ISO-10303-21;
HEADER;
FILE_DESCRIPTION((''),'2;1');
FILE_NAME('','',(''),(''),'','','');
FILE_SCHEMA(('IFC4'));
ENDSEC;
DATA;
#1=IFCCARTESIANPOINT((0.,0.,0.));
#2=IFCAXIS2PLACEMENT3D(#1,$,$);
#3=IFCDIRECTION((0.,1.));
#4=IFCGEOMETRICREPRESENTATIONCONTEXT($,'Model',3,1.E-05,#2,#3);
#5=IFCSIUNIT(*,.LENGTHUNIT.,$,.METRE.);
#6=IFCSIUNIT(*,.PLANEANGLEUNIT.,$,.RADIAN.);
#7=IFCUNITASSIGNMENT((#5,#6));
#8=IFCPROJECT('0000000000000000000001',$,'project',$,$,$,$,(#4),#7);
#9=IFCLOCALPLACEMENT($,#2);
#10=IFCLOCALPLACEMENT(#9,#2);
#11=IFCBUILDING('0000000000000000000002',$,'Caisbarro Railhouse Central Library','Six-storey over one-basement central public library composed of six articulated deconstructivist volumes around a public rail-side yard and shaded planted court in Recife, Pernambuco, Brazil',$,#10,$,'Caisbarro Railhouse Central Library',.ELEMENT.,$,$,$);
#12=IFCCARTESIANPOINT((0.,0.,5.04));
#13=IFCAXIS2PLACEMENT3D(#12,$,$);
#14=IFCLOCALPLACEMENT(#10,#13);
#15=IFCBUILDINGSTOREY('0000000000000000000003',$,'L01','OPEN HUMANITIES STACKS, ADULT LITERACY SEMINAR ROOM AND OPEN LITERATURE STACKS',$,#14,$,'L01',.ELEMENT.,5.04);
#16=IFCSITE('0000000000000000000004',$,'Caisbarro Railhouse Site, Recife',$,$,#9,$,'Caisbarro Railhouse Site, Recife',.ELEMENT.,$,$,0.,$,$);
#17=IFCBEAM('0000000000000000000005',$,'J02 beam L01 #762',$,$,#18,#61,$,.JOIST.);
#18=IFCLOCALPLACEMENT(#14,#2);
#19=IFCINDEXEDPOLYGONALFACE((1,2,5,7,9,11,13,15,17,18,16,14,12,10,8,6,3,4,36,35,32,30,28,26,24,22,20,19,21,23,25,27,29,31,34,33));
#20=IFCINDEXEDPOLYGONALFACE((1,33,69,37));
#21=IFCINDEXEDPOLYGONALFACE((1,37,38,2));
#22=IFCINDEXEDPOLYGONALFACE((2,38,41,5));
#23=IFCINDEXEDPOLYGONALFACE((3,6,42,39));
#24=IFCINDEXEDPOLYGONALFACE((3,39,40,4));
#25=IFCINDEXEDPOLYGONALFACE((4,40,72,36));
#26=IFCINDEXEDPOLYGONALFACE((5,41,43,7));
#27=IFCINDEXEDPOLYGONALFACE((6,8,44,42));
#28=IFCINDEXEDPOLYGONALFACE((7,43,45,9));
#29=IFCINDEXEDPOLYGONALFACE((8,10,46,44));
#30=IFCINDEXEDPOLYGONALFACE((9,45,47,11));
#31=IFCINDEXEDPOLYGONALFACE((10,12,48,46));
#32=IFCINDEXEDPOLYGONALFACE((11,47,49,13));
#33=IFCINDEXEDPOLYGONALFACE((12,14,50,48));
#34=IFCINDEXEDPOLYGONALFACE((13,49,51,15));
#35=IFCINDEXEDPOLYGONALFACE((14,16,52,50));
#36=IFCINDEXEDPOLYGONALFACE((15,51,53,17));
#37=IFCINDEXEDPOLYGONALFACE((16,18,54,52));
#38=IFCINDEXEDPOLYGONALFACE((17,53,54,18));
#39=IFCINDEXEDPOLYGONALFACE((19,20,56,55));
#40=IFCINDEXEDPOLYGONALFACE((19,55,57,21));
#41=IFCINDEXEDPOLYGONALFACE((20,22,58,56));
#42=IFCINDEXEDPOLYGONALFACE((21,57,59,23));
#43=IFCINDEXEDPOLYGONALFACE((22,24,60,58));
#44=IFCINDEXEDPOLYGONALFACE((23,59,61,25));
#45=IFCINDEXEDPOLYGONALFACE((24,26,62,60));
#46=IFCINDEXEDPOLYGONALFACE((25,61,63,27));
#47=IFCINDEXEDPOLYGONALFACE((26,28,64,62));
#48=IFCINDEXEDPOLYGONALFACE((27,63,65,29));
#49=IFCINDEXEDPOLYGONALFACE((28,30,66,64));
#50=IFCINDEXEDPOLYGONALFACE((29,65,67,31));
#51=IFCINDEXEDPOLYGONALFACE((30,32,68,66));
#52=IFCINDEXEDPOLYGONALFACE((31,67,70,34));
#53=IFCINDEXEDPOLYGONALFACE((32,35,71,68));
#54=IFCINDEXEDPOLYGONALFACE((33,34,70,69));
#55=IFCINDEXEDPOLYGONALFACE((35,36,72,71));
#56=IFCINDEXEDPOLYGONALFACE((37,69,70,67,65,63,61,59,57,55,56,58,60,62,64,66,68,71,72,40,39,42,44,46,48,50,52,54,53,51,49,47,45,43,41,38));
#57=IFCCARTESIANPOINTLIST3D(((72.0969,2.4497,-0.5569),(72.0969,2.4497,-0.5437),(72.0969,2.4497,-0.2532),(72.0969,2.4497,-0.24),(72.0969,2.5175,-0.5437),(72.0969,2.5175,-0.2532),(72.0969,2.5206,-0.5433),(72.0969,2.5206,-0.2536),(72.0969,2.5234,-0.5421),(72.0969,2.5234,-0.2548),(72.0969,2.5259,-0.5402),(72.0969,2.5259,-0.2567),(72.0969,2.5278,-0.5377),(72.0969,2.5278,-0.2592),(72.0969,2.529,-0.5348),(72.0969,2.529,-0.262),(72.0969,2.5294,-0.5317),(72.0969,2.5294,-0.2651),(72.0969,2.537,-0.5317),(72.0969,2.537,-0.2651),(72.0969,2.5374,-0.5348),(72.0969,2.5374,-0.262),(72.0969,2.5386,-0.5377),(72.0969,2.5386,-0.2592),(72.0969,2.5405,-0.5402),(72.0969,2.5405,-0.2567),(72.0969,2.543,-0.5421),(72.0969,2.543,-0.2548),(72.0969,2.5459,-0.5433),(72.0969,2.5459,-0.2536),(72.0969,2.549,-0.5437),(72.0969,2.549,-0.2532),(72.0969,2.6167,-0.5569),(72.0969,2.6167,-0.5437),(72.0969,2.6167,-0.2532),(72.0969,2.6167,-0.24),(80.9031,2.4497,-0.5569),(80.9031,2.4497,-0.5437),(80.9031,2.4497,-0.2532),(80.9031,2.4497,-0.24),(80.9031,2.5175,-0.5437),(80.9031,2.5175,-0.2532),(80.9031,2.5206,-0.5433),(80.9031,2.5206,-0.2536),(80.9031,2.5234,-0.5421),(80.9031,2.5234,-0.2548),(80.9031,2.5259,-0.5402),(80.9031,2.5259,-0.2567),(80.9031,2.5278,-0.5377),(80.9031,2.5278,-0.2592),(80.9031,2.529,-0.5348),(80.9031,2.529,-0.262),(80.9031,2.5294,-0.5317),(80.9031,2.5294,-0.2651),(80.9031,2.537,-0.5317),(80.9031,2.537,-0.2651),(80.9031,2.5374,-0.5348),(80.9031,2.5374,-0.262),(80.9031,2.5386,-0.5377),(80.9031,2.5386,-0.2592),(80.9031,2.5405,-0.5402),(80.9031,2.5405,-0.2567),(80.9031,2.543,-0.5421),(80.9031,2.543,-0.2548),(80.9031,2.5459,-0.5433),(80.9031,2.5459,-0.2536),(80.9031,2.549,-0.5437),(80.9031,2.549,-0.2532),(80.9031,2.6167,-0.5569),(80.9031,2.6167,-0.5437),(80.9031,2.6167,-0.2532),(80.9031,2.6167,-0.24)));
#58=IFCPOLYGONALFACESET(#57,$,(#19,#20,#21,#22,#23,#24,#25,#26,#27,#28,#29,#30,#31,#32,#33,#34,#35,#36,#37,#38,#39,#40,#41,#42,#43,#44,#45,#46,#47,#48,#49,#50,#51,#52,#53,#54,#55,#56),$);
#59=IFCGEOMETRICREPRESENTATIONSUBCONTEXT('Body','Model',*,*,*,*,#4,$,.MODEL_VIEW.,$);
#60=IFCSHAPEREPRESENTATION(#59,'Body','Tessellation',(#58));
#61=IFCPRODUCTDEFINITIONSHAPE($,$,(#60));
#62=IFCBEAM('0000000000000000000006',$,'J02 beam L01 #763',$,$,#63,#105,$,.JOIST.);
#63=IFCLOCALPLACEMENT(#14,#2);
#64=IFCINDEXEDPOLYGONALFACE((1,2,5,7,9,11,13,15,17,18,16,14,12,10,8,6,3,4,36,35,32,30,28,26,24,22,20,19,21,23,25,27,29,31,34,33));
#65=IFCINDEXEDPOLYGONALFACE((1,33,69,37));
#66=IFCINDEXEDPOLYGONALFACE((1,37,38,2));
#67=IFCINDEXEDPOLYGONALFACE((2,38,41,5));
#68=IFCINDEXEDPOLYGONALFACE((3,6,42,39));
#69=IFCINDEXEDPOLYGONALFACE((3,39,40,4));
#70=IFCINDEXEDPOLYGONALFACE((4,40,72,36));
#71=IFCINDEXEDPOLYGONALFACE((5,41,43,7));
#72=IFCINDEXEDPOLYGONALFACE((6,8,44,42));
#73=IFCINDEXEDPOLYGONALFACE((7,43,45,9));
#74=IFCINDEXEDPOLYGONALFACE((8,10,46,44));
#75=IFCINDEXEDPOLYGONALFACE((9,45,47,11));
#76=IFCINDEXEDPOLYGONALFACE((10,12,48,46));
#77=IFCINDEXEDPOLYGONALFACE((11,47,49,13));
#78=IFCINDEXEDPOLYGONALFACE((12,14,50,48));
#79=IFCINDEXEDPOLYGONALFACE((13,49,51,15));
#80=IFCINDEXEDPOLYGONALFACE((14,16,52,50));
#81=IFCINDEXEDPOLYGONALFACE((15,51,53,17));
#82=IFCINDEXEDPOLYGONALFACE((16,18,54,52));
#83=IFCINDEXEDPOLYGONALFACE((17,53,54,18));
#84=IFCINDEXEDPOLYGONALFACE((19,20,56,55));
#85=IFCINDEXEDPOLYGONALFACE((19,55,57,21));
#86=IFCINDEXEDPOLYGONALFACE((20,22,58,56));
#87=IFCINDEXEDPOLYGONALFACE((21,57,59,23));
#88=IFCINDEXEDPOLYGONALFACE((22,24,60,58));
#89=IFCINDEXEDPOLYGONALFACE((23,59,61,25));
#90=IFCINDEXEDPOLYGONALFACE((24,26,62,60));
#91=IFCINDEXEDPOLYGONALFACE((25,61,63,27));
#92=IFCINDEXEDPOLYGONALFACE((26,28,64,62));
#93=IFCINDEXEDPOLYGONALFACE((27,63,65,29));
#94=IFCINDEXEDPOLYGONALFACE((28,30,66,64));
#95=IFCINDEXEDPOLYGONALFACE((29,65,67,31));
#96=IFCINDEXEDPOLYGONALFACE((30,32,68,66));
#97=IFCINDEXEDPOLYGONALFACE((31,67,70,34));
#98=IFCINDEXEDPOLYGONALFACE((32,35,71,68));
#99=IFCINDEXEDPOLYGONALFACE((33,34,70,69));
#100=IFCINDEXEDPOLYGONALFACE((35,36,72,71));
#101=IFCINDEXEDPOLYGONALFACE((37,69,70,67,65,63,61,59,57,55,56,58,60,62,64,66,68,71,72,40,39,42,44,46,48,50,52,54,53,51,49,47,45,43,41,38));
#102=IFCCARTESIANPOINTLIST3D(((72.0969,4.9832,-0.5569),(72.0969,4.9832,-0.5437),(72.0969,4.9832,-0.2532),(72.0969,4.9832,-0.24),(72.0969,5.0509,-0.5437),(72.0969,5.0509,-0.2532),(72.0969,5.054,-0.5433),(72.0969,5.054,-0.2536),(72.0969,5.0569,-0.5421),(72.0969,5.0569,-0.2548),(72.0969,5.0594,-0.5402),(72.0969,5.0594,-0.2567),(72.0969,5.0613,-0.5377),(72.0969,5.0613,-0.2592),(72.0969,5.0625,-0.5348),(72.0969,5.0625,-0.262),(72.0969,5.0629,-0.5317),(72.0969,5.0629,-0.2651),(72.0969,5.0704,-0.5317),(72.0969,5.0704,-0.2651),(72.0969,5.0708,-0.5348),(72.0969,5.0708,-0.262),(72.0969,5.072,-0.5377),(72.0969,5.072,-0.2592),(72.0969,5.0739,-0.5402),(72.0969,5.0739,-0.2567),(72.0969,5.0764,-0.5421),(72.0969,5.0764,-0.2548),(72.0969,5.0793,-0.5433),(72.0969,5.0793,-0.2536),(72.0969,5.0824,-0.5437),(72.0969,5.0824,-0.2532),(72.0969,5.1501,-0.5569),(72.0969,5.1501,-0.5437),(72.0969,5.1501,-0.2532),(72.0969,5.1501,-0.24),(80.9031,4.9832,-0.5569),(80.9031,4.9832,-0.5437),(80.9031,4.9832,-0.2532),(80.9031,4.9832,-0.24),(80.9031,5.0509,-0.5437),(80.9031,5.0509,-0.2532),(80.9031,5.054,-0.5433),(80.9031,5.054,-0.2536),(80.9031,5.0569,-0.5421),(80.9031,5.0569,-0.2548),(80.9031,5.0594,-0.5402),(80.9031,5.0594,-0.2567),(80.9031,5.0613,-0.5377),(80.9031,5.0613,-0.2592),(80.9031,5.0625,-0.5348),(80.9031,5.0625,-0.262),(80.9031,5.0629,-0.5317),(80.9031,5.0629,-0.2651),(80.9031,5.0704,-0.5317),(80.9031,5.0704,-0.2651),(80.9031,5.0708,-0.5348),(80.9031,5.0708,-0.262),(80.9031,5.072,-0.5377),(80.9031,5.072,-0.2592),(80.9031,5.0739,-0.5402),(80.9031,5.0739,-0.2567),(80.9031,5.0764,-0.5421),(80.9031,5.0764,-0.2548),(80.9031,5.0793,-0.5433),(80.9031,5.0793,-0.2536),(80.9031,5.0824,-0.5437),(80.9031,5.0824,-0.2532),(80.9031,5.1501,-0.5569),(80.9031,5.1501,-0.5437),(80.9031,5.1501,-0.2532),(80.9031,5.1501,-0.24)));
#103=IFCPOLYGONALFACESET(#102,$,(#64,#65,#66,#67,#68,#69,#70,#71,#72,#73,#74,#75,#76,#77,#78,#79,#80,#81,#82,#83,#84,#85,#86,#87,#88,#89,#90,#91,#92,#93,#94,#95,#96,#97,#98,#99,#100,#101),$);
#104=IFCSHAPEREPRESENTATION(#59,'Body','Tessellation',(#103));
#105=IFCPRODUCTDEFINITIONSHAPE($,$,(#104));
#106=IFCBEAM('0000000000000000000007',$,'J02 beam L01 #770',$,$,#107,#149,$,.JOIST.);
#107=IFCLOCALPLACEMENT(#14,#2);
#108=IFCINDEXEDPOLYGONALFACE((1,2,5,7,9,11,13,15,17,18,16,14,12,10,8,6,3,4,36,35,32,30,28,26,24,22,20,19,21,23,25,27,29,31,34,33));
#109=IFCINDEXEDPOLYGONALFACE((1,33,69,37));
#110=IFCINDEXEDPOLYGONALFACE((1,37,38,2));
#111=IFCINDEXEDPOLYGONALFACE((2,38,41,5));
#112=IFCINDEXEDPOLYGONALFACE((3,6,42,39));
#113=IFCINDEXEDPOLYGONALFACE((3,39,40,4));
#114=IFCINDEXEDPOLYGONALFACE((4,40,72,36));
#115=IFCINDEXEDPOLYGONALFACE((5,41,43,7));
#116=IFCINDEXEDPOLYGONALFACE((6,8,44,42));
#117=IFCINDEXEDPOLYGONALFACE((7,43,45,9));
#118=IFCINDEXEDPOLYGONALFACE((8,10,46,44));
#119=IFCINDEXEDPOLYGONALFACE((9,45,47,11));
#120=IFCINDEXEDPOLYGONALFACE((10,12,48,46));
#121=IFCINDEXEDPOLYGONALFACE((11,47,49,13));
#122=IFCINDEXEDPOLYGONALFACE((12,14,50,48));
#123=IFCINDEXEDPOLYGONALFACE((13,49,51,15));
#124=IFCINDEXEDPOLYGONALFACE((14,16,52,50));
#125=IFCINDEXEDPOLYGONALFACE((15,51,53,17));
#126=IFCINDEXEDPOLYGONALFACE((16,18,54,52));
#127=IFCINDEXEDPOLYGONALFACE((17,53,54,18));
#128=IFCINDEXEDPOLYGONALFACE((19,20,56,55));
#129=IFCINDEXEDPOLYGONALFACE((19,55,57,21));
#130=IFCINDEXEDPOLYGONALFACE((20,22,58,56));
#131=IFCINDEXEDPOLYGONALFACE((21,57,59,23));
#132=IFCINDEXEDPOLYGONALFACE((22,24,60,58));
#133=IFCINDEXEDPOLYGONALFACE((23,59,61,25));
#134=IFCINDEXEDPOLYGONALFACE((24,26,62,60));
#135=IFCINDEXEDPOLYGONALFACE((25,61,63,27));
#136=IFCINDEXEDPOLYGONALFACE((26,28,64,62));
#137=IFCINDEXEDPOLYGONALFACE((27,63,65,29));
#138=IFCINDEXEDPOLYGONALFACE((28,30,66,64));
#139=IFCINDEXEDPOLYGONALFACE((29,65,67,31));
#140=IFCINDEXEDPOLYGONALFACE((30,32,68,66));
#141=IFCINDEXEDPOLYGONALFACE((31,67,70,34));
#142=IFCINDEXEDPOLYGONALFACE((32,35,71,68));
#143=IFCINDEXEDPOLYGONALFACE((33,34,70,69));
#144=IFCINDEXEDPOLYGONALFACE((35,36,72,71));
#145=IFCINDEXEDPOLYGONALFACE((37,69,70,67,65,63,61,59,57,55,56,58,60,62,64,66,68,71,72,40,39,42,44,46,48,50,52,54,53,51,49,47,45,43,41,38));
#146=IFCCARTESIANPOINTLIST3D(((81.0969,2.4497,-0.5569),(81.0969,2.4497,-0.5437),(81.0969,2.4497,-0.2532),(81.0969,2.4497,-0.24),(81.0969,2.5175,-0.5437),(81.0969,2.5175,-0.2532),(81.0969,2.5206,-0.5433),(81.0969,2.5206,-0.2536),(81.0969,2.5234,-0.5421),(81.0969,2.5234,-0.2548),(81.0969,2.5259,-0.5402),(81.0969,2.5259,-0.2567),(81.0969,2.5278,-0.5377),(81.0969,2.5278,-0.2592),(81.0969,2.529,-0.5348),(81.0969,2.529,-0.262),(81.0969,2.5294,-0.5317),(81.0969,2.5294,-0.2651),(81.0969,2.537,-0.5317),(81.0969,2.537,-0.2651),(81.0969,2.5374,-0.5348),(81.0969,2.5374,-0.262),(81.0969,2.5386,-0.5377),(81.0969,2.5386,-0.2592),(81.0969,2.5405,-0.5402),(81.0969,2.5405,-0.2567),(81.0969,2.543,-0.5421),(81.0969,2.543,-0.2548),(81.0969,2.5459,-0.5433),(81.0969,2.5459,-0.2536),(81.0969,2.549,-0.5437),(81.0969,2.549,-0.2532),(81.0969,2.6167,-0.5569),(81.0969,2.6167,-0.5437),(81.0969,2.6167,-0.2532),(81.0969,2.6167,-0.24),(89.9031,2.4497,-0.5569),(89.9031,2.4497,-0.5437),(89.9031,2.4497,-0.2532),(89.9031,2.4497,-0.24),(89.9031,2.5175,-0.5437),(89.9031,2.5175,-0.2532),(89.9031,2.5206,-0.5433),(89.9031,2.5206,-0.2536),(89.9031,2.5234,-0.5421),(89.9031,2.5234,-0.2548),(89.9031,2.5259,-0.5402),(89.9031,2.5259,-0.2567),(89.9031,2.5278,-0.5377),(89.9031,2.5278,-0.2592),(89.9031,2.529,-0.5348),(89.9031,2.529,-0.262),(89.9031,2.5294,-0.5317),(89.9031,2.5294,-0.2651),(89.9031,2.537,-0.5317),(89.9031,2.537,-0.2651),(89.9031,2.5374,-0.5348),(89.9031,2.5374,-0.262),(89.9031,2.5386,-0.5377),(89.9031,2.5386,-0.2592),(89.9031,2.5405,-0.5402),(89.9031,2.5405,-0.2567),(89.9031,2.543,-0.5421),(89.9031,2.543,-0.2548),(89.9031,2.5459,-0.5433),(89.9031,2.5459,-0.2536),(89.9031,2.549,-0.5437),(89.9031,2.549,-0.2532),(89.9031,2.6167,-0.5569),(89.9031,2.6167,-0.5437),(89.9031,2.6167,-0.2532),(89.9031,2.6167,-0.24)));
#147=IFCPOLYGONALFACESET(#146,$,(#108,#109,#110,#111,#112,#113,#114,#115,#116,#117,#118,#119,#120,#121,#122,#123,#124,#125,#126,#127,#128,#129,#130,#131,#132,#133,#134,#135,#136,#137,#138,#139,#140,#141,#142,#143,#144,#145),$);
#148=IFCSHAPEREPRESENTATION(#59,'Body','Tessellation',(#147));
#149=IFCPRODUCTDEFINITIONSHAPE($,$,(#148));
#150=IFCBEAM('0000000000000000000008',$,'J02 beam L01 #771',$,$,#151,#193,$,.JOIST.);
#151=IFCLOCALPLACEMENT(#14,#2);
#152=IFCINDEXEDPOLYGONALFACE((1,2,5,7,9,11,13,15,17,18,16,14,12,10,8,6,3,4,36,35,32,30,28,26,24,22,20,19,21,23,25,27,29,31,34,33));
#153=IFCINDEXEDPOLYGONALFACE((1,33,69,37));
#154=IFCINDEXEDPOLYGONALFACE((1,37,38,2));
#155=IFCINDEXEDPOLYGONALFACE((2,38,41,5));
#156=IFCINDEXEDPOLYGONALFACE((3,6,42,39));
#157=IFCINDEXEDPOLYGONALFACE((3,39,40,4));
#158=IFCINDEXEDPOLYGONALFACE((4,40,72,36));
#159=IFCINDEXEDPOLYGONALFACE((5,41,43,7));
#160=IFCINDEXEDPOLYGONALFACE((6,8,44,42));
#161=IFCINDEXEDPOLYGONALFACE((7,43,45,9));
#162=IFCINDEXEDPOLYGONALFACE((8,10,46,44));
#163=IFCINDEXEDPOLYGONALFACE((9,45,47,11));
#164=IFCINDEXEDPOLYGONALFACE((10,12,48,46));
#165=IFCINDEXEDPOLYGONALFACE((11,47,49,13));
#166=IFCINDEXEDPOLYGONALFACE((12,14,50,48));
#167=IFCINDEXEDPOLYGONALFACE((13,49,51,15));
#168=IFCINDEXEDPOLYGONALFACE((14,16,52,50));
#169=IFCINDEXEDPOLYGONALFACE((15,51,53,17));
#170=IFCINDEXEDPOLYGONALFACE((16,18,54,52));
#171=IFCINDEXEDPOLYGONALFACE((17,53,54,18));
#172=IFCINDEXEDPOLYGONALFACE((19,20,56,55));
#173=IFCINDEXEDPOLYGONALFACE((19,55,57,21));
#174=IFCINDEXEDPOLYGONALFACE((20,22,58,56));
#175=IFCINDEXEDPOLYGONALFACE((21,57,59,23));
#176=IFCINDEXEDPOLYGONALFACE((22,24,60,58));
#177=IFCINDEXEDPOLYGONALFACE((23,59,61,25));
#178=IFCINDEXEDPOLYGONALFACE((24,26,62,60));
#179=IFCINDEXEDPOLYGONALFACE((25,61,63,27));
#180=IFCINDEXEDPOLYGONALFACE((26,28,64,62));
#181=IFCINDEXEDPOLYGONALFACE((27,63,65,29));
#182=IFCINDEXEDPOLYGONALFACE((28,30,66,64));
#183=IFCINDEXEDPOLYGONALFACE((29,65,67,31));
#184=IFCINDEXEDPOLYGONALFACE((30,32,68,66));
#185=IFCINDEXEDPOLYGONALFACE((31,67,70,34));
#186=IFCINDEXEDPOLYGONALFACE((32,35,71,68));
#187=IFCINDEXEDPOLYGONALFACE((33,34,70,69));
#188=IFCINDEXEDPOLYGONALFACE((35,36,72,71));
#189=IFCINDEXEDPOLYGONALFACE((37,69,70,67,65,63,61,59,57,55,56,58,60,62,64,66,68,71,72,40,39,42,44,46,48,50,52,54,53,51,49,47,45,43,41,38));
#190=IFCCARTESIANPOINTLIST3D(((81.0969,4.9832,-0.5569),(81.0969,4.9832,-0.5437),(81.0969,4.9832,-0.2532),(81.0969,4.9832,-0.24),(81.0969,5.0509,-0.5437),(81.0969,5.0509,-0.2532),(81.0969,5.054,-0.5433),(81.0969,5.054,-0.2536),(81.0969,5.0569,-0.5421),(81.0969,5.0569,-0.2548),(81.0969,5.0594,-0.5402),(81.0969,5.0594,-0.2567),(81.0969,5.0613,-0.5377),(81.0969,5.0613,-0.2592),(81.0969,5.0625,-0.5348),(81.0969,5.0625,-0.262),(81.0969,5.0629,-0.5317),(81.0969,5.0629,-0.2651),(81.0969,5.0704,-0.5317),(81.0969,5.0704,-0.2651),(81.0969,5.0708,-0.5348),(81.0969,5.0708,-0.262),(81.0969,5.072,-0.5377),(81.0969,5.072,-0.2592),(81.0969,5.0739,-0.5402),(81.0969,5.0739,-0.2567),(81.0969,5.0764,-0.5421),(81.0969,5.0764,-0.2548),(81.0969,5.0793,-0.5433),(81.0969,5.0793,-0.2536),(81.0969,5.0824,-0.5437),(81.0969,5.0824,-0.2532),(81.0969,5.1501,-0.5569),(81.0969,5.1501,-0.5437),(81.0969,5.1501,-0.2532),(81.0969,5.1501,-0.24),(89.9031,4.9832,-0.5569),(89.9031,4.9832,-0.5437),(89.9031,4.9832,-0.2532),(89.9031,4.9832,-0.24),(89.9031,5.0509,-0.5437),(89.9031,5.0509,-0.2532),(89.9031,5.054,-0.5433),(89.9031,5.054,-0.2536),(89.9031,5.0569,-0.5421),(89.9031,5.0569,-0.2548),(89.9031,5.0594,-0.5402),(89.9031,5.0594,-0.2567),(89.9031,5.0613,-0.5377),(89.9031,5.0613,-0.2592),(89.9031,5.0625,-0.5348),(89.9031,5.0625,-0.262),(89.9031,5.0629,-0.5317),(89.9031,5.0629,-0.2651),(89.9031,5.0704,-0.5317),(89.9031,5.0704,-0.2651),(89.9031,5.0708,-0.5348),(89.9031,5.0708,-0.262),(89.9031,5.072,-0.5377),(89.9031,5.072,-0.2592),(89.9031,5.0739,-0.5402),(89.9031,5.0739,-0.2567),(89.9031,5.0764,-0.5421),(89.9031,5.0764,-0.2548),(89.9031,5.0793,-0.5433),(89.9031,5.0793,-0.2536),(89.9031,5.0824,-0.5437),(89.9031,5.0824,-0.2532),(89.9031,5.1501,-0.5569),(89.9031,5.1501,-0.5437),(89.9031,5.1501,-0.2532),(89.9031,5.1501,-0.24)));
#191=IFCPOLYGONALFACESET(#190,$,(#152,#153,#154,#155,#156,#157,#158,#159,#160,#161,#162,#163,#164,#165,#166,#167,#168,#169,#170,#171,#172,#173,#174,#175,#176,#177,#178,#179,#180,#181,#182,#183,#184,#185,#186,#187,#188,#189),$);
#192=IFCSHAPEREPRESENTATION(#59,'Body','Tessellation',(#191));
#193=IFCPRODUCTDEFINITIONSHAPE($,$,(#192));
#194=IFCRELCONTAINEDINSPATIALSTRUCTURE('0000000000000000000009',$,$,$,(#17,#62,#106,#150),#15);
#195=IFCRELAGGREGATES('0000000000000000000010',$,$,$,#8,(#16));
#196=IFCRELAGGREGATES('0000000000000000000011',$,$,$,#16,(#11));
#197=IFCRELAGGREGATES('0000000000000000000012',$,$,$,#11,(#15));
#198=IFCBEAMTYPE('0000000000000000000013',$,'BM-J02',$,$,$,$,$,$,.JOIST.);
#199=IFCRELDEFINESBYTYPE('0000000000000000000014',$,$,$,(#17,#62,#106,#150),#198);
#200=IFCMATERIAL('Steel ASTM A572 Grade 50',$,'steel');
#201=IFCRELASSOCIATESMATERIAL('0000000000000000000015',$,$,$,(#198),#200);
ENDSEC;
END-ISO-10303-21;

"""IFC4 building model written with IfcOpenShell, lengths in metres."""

from ifc_helpers import new_model, si_unit, direction, frame, origin, origin_2d, place, context, subcontext, project, spatial, i_section, extrude, material, material_profile, profile_set, type_object, element, save


model = new_model("IFC4")

# Units and contexts
model_context = context("Model", 3, precision=1e-05, world=origin(), true_north=direction((0.0, 1.0)))
body_context = subcontext(model_context, "Body", "Model", "MODEL_VIEW")
ifc_project = project(units=[si_unit("LENGTHUNIT", "METRE"), si_unit("PLANEANGLEUNIT", "RADIAN")], contexts=[model_context])

# Site, building, storey
site_placement = place(None, origin())
site = spatial("IfcSite", under=ifc_project, at=site_placement, Name="Caisbarro Railhouse Site, Recife", LongName="Caisbarro Railhouse Site, Recife", CompositionType="ELEMENT", RefElevation=0.0)
building_placement = place(site_placement, origin())
building = spatial("IfcBuilding", under=site, at=building_placement, Name="Caisbarro Railhouse Central Library", Description="Six-storey over one-basement central public library composed of six articulated deconstructivist volumes around a public rail-side yard and shaded planted court in Recife, Pernambuco, Brazil", LongName="Caisbarro Railhouse Central Library", CompositionType="ELEMENT")
storey_placement = place(building_placement, frame((0.0, 0.0, 5.04)))
storey = spatial("IfcBuildingStorey", under=building, at=storey_placement, Name="L01", Description="OPEN HUMANITIES STACKS, ADULT LITERACY SEMINAR ROOM AND OPEN LITERATURE STACKS", LongName="L01", CompositionType="ELEMENT", Elevation=5.04)

# Shared definitions
ifc_material_1 = material(Name="Steel ASTM A572 Grade 50", Category="steel")

# Beams
ifc_material_profile_1 = material_profile(ifc_material_1, i_section(OverallWidth=0.167, OverallDepth=0.3169, WebThickness=0.0076, FlangeThickness=0.0132, FilletRadius=0.012, at=origin_2d()), Name="W310X52.0")
ifc_profile_set_1 = profile_set([ifc_material_profile_1], Name="Steel ASTM A572 Grade 50")
beam_type_1 = type_object("IfcBeamType", Name="BM-J02", PredefinedType="JOIST", material=ifc_profile_set_1)
for number, where, z_axis, x_axis, name in (
    (1, (72.0969, 2.5332, -0.3984), (1.0, 0.0, 0.0), (0.0, 1.0, 0.0), "J02 beam L01 #762"),
    (2, (72.0969, 5.0667, -0.3984), (1.0, 0.0, 0.0), (0.0, 1.0, 0.0), "J02 beam L01 #763"),
    (3, (81.0969, 2.5332, -0.3984), (1.0, 0.0, 0.0), (0.0, 1.0, 0.0), "J02 beam L01 #770"),
    (4, (81.0969, 5.0667, -0.3984), (1.0, 0.0, 0.0), (0.0, 1.0, 0.0), "J02 beam L01 #771"),
):
    element("IfcBeam", number, at=place(storey_placement, frame(where, z_axis=z_axis, x_axis=x_axis)), inside=storey, type_object=beam_type_1, Name=name, PredefinedType="JOIST", context=body_context, shape_type="SweptSolid", body=[
        extrude(i_section(OverallWidth=0.167, OverallDepth=0.3169, WebThickness=0.0076, FlangeThickness=0.0132, FilletRadius=0.012, at=origin_2d()), origin(), (0.0, 0.0, 1.0), 8.8062),
    ])

save(model, "model.ifc")
